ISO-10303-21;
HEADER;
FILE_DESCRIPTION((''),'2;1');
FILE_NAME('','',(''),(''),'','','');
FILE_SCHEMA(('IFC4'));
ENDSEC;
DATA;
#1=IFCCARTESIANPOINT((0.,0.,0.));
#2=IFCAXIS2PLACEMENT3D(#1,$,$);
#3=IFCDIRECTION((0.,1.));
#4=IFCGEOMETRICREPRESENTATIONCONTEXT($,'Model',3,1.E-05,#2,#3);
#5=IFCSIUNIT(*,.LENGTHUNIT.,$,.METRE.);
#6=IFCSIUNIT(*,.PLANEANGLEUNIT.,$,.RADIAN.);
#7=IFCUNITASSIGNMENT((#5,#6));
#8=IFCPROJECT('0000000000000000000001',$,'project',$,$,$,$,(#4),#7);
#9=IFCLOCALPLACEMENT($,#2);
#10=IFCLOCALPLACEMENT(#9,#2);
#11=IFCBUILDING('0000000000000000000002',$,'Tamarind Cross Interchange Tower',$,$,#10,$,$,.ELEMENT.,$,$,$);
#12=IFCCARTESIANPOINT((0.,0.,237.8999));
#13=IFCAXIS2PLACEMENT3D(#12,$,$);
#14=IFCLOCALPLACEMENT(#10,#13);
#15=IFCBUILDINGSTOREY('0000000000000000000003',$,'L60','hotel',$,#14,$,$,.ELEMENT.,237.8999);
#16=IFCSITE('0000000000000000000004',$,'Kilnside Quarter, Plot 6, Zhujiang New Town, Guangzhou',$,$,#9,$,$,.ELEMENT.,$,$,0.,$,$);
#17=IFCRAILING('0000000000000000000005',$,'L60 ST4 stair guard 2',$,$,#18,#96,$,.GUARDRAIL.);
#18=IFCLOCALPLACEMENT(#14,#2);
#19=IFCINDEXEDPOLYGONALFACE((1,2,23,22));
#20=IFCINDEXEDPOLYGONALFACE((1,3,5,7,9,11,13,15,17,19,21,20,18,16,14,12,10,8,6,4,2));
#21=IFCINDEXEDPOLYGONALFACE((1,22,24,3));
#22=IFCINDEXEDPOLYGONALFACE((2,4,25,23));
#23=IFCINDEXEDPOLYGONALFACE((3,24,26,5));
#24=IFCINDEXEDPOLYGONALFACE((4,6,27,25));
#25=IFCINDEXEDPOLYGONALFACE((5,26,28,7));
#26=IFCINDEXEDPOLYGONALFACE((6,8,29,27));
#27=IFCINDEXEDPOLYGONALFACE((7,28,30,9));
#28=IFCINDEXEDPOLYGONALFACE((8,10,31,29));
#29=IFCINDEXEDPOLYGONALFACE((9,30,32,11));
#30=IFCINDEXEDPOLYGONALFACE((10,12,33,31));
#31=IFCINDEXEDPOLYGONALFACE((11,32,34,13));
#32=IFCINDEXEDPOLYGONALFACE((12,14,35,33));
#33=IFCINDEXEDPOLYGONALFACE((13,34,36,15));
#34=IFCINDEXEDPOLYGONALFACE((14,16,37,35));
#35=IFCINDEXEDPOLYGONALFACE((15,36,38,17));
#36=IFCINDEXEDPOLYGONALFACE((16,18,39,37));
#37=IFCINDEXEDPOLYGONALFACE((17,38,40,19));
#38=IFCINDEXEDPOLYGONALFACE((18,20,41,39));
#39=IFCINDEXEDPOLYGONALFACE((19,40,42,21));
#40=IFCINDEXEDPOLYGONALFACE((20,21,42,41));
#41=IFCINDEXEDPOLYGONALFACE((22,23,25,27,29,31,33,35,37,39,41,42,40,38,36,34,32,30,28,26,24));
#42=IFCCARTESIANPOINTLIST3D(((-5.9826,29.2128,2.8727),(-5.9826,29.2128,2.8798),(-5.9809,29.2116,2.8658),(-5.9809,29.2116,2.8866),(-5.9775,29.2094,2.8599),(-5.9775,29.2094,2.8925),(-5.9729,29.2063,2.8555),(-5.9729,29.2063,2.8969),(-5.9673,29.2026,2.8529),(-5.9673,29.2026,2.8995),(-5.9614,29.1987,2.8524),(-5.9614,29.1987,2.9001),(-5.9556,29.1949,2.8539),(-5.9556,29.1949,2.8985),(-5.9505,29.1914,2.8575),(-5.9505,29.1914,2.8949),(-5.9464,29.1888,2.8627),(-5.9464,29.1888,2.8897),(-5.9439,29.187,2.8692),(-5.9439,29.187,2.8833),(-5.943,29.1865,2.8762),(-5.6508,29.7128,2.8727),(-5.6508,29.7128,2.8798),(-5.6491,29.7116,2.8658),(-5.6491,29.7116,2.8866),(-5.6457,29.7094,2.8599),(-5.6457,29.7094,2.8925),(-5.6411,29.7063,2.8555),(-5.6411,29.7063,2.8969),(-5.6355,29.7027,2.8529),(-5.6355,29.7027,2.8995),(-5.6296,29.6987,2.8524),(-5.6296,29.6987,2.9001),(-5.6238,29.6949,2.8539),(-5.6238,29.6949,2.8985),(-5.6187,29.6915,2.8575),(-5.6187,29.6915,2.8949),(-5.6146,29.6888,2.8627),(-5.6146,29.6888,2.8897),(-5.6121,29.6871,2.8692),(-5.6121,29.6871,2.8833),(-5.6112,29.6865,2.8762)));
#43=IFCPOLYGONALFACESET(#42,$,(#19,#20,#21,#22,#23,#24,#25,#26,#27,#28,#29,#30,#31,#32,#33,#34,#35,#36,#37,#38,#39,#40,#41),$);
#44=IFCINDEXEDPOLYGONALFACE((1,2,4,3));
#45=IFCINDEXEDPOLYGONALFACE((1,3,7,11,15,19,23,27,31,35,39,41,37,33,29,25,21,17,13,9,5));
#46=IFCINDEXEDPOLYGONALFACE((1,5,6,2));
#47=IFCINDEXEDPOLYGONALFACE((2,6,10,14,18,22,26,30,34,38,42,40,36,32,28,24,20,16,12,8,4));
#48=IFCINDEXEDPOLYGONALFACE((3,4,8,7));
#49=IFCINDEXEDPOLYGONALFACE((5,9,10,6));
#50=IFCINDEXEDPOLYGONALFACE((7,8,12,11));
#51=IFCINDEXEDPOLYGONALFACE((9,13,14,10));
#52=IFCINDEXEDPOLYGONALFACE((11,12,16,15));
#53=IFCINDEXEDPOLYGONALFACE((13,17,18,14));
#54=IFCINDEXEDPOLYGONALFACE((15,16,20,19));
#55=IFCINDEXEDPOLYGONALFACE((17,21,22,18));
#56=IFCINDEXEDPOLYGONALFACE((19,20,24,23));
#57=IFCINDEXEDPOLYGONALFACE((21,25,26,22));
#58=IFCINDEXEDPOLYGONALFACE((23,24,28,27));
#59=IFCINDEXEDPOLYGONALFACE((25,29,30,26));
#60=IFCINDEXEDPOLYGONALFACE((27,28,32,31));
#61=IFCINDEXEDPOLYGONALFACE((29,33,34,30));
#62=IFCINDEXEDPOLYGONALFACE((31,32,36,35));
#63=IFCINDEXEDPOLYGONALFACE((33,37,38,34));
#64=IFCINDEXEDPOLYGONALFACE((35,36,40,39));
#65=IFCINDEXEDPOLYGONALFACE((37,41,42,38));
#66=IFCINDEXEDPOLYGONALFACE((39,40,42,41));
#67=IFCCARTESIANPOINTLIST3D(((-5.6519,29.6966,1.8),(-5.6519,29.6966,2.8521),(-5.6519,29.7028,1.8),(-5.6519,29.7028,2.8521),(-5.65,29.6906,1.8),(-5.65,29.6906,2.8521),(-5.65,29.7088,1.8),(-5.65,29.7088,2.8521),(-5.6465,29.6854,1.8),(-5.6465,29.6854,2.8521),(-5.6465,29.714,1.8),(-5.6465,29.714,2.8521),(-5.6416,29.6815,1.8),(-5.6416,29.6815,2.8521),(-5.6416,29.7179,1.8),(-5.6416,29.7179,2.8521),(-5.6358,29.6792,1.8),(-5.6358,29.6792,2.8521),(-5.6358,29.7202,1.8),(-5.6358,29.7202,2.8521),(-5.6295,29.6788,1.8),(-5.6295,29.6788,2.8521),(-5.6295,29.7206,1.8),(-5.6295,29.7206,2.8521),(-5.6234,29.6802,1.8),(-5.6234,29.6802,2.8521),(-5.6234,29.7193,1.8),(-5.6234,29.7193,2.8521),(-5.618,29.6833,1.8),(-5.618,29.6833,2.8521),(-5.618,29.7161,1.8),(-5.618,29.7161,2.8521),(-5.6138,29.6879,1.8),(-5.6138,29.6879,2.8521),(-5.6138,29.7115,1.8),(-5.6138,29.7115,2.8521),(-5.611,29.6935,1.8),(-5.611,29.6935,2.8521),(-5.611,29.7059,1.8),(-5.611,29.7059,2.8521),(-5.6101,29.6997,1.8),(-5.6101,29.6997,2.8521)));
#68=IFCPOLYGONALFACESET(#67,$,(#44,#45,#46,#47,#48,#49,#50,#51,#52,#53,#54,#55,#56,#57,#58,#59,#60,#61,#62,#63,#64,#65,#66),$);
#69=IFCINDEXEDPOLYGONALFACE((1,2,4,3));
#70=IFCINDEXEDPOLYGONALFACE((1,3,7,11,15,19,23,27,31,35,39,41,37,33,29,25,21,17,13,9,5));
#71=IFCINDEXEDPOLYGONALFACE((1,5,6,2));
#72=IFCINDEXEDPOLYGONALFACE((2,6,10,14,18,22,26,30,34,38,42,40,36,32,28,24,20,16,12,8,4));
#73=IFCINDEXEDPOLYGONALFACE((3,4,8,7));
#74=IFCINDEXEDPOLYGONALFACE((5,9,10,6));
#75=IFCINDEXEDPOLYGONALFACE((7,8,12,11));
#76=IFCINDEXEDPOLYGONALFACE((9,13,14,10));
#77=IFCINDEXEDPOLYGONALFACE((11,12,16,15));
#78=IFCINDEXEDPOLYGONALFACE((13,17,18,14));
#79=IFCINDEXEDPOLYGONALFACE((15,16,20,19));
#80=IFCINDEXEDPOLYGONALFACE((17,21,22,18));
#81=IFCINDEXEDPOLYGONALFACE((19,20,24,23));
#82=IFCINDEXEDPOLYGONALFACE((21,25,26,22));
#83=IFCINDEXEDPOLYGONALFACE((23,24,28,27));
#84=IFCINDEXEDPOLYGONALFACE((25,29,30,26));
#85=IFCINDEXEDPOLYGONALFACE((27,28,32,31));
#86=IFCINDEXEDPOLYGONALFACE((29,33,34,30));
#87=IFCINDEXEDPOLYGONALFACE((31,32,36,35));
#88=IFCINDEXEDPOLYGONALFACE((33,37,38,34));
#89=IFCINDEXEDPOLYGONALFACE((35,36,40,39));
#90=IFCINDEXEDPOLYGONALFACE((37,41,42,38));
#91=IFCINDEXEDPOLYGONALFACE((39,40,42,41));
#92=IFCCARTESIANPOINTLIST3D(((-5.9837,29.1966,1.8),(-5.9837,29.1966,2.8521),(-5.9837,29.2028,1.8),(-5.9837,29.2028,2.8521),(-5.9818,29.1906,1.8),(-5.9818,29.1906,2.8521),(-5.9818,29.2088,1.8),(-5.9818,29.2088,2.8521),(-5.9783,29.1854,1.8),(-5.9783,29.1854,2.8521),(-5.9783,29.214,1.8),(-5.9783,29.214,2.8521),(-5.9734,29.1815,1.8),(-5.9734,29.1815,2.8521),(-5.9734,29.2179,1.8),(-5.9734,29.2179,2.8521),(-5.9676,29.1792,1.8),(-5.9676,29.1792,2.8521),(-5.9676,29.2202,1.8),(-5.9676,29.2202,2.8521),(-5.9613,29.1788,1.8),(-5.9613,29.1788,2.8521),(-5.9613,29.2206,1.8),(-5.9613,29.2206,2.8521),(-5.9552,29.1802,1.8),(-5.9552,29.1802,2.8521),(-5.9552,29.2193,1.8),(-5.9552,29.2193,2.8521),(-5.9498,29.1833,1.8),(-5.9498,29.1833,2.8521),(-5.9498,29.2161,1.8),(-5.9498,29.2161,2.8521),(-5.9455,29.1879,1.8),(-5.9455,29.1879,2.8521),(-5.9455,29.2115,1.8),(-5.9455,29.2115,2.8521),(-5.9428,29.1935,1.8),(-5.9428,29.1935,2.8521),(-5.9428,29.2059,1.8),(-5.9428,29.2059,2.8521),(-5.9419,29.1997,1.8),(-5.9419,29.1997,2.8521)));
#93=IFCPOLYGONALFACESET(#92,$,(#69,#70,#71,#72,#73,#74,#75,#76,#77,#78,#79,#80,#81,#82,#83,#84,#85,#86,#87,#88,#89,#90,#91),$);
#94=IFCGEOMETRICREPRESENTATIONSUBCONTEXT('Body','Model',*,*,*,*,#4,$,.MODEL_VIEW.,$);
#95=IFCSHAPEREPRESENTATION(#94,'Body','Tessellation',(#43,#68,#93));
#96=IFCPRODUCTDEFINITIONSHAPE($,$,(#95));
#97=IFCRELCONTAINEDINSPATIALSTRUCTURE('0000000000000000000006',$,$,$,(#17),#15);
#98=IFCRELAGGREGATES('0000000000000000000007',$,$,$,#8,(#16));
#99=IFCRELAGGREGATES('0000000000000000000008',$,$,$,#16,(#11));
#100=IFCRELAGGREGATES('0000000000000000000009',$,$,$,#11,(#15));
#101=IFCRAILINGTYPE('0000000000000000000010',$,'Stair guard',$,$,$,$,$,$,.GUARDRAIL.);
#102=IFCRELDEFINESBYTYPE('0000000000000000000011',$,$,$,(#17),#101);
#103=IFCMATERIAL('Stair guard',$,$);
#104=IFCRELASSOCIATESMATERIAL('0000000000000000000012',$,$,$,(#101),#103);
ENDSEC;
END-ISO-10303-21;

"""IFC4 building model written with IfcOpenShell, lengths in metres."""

from ifc_helpers import new_model, si_unit, direction, frame, origin, origin_2d, place, context, subcontext, project, spatial, circle, extrude, material, type_object, element, save


model = new_model("IFC4")

# Units and contexts
model_context = context("Model", 3, precision=1e-05, world=origin(), true_north=direction((0.0, 1.0)))
body_context = subcontext(model_context, "Body", "Model", "MODEL_VIEW")
ifc_project = project(units=[si_unit("LENGTHUNIT", "METRE"), si_unit("PLANEANGLEUNIT", "RADIAN")], contexts=[model_context])

# Site, building, storey
site_placement = place(None, origin())
site = spatial("IfcSite", under=ifc_project, at=site_placement, Name="Kilnside Quarter, Plot 6, Zhujiang New Town, Guangzhou", CompositionType="ELEMENT", RefElevation=0.0)
building_placement = place(site_placement, origin())
building = spatial("IfcBuilding", under=site, at=building_placement, Name="Tamarind Cross Interchange Tower", CompositionType="ELEMENT")
storey_placement = place(building_placement, frame((0.0, 0.0, 237.8999)))
storey = spatial("IfcBuildingStorey", under=building, at=storey_placement, Name="L60", Description="hotel", CompositionType="ELEMENT", Elevation=237.8999)

# Railing
ifc_material_1 = material(Name="Stair guard")
railing_type_1 = type_object("IfcRailingType", Name="Stair guard", PredefinedType="GUARDRAIL", material=ifc_material_1)
railing_1_placement = place(storey_placement, frame((-5.6311, 29.6997, 1.8)))
element("IfcRailing", 1, at=railing_1_placement, inside=storey, type_object=railing_type_1, Name="L60 ST4 stair guard 2", PredefinedType="GUARDRAIL", context=body_context, shape_type="SweptSolid", body=[
    extrude(circle(Radius=0.0239, at=origin_2d()), frame((0.0, 0.0, 1.0762), z_axis=(-0.552915, -0.833238, 0.0), x_axis=(0.833238, -0.552915, 0.0)), (0.0, 0.0, 1.0), 0.6001),
    extrude(circle(Radius=0.021, at=origin_2d()), origin(), (0.0, 0.0, 1.0), 1.052),
    extrude(circle(Radius=0.021, at=origin_2d()), frame((-0.3318, -0.5, 0.0)), (0.0, 0.0, 1.0), 1.052),
])

save(model, "model.ifc")
